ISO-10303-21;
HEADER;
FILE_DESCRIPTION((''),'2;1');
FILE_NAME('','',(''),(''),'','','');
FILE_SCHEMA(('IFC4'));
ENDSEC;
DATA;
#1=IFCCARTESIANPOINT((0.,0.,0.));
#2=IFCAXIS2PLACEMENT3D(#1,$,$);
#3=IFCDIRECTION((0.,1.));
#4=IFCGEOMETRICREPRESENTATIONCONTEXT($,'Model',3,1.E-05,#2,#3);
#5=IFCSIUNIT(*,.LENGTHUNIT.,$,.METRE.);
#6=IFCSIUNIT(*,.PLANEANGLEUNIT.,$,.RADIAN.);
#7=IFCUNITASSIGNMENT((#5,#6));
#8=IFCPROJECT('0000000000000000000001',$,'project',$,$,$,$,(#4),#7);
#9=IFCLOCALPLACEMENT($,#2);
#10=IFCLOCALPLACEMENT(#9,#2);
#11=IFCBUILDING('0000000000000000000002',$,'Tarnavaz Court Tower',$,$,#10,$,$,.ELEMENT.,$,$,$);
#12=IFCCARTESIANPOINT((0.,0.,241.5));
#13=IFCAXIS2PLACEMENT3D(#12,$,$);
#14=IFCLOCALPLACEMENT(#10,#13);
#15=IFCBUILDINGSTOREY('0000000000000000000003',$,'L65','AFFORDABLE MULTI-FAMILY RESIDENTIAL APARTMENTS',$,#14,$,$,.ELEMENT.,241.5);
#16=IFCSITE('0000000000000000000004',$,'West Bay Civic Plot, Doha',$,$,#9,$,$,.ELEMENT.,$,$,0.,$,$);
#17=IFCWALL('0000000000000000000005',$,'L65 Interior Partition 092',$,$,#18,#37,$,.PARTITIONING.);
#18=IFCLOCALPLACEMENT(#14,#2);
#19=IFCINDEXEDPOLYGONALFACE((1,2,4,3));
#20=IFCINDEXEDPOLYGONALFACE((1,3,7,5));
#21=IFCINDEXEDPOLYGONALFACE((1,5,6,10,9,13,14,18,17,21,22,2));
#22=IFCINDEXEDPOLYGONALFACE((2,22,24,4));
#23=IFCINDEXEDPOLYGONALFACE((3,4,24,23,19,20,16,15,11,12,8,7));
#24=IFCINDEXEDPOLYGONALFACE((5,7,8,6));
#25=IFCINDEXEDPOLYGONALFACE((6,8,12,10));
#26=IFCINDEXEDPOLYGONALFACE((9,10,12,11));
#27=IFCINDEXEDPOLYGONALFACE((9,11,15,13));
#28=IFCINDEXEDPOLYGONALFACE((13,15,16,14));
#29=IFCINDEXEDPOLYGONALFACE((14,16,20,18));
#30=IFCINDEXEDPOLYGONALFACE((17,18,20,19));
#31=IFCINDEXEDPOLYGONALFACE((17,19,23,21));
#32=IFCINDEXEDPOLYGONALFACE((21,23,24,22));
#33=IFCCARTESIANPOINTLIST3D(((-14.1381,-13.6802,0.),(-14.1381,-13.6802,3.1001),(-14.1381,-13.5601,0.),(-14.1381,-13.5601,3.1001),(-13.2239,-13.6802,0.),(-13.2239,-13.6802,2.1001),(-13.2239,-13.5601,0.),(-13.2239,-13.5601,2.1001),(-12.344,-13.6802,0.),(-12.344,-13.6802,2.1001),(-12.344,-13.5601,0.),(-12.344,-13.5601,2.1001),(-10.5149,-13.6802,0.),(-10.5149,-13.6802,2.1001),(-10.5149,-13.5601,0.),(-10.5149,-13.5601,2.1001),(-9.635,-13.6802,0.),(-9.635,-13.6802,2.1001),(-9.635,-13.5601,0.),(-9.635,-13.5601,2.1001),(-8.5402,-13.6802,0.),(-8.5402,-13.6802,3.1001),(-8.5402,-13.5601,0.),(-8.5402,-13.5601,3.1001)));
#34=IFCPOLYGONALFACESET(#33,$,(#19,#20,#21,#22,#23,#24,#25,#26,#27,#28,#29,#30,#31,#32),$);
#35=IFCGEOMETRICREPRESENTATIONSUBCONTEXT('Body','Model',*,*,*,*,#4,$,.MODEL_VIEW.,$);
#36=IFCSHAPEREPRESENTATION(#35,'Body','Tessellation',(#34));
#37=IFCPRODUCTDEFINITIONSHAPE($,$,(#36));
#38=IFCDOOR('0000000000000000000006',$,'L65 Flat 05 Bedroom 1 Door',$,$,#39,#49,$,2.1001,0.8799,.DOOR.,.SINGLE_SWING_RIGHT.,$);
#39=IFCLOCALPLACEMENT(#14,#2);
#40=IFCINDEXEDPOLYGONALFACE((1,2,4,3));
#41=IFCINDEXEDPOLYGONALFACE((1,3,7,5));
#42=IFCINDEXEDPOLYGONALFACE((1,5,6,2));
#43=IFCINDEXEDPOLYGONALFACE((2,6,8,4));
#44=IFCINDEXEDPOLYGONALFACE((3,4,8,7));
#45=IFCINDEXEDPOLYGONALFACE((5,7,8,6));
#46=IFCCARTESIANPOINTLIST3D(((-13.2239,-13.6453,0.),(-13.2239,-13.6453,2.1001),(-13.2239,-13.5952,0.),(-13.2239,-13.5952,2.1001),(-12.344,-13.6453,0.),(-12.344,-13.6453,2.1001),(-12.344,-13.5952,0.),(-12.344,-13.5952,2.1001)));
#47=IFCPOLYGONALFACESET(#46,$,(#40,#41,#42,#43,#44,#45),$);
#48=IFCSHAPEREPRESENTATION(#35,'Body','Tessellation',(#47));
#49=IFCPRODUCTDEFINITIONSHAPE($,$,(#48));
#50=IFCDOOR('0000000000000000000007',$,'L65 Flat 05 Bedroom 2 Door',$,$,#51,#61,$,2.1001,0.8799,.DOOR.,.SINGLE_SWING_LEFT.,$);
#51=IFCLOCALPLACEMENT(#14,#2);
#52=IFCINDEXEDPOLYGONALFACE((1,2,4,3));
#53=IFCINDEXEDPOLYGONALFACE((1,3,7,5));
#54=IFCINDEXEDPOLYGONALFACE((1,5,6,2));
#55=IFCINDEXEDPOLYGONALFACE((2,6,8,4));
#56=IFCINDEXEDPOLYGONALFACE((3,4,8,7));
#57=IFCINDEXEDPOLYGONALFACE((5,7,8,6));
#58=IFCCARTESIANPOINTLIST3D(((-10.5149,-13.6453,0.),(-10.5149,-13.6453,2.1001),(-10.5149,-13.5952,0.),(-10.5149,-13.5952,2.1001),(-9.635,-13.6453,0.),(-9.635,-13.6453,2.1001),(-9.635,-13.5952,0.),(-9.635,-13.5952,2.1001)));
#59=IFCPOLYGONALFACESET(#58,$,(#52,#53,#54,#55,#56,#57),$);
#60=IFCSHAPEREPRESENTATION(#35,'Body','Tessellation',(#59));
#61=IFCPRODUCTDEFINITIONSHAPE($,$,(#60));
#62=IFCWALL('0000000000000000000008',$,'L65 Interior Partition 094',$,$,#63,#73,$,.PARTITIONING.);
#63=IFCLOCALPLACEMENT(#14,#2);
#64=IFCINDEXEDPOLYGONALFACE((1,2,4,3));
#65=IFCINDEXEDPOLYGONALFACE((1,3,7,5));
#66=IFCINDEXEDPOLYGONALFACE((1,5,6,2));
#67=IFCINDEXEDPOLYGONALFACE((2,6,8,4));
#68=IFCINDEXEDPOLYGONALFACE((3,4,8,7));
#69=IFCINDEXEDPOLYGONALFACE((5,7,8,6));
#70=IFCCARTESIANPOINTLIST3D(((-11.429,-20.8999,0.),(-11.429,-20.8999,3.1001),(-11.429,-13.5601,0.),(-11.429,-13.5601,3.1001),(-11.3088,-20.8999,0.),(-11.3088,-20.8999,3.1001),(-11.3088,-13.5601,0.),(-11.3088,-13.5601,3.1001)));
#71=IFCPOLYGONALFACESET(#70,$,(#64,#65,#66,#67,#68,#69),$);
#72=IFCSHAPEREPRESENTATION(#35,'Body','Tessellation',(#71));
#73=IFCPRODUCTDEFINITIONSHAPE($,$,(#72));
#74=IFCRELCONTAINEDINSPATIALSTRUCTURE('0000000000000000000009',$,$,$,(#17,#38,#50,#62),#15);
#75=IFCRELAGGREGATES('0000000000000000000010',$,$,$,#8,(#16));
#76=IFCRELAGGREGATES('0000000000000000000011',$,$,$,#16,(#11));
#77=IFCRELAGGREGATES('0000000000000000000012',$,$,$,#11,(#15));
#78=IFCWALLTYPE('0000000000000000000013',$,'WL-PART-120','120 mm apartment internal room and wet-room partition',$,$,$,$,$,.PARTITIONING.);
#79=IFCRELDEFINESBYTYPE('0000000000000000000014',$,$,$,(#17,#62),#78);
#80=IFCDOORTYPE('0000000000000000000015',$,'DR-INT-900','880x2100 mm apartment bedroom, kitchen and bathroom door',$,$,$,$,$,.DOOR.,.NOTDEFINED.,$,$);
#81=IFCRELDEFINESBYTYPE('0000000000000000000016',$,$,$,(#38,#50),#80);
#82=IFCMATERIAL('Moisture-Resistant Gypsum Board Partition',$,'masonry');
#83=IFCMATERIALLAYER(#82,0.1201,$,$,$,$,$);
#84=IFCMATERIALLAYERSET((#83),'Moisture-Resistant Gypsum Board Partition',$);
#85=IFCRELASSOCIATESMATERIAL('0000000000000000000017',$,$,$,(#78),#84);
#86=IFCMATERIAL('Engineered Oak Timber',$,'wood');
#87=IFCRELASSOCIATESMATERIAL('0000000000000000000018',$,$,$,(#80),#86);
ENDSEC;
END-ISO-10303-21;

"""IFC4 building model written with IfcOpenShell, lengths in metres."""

from ifc_helpers import new_model, si_unit, direction, frame, frame_2d, origin, place, context, subcontext, project, spatial, rectangle, extrude, material, layer, layer_set, type_object, element, fill, save


model = new_model("IFC4")

# Units and contexts
model_context = context("Model", 3, precision=1e-05, world=origin(), true_north=direction((0.0, 1.0)))
body_context = subcontext(model_context, "Body", "Model", "MODEL_VIEW")
ifc_project = project(units=[si_unit("LENGTHUNIT", "METRE"), si_unit("PLANEANGLEUNIT", "RADIAN")], contexts=[model_context])

# Site, building, storey
site_placement = place(None, origin())
site = spatial("IfcSite", under=ifc_project, at=site_placement, Name="West Bay Civic Plot, Doha", CompositionType="ELEMENT", RefElevation=0.0)
building_placement = place(site_placement, origin())
building = spatial("IfcBuilding", under=site, at=building_placement, Name="Tarnavaz Court Tower", CompositionType="ELEMENT")
storey_placement = place(building_placement, frame((0.0, 0.0, 241.5)))
storey = spatial("IfcBuildingStorey", under=building, at=storey_placement, Name="L65", Description="AFFORDABLE MULTI-FAMILY RESIDENTIAL APARTMENTS", CompositionType="ELEMENT", Elevation=241.5)

# Shared definitions
ifc_material_1 = material(Name="Moisture-Resistant Gypsum Board Partition", Category="masonry")
ifc_layer = layer(ifc_material_1, 0.1201)
ifc_layer_set = layer_set([ifc_layer], Name="Moisture-Resistant Gypsum Board Partition")
wall_type = type_object("IfcWallType", Name="WL-PART-120", Description="120 mm apartment internal room and wet-room partition", PredefinedType="PARTITIONING", material=ifc_layer_set)
ifc_material_2 = material(Name="Engineered Oak Timber", Category="wood")
door_type_1 = type_object("IfcDoorType", Name="DR-INT-900", Description="880x2100 mm apartment bedroom, kitchen and bathroom door", OperationType="NOTDEFINED", PredefinedType="DOOR", material=ifc_material_2)

# Wall, openings, doors
wall_1_placement = place(storey_placement, frame((-14.1379, -13.6201, 0.0), z_axis=(0.0, 0.0, 1.0), x_axis=(1.0, 0.0, 0.0)))
wall_1 = element("IfcWall", 1, at=wall_1_placement, inside=storey, type_object=wall_type, Name="L65 Interior Partition 092", PredefinedType="PARTITIONING", context=body_context, shape_type="SweptSolid", body=[
    extrude(rectangle(XDim=5.5979, YDim=0.1201, at=frame_2d((2.7988, 0.0))), origin(), (0.0, 0.0, 1.0), 3.1001),
])
opening_1_placement = place(wall_1_placement, frame((0.9141, 0.0, 0.0)))
opening_1 = element("IfcOpeningElement", 2, at=opening_1_placement, cuts=wall_1, PredefinedType="OPENING", context=body_context, shape_type="SweptSolid", body=[
    extrude(rectangle(XDim=0.8799, YDim=2.1001, at=frame_2d((0.4399, 1.05))), frame((0.0, 0.0701, 0.0), z_axis=(0.0, -1.0, 0.0), x_axis=(1.0, 0.0, 0.0)), (0.0, 0.0, 1.0), 0.1401),
])
opening_2_placement = place(wall_1_placement, frame((3.623, 0.0, 0.0)))
opening_2 = element("IfcOpeningElement", 3, at=opening_2_placement, cuts=wall_1, PredefinedType="OPENING", context=body_context, shape_type="SweptSolid", body=[
    extrude(rectangle(XDim=0.8799, YDim=2.1001, at=frame_2d((0.4399, 1.05))), frame((0.0, 0.0701, 0.0), z_axis=(0.0, -1.0, 0.0), x_axis=(1.0, 0.0, 0.0)), (0.0, 0.0, 1.0), 0.1401),
])
door_1_placement = place(opening_1_placement, origin())
door_1 = element("IfcDoor", 4, at=door_1_placement, inside=storey, type_object=door_type_1, Name="L65 Flat 05 Bedroom 1 Door", OperationType="SINGLE_SWING_RIGHT", OverallHeight=2.1001, OverallWidth=0.8799, PredefinedType="DOOR", context=body_context, shape_type="SweptSolid", body=[
    extrude(rectangle(XDim=0.8799, YDim=2.1001, at=frame_2d((0.4399, 1.05))), frame((0.0, 0.0249, 0.0), z_axis=(0.0, -1.0, 0.0), x_axis=(1.0, 0.0, 0.0)), (0.0, 0.0, 1.0), 0.05),
])
fill(opening_1, door_1)
door_2_placement = place(opening_2_placement, origin())
door_2 = element("IfcDoor", 5, at=door_2_placement, inside=storey, type_object=door_type_1, Name="L65 Flat 05 Bedroom 2 Door", OperationType="SINGLE_SWING_LEFT", OverallHeight=2.1001, OverallWidth=0.8799, PredefinedType="DOOR", context=body_context, shape_type="SweptSolid", body=[
    extrude(rectangle(XDim=0.8799, YDim=2.1001, at=frame_2d((0.4399, 1.05))), frame((0.0, 0.0249, 0.0), z_axis=(0.0, -1.0, 0.0), x_axis=(1.0, 0.0, 0.0)), (0.0, 0.0, 1.0), 0.05),
])
fill(opening_2, door_2)

# Wall
wall_2_placement = place(storey_placement, frame((-11.3689, -20.8999, 0.0), z_axis=(0.0, 0.0, 1.0), x_axis=(0.0, 1.0, 0.0)))
element("IfcWall", 6, at=wall_2_placement, inside=storey, type_object=wall_type, Name="L65 Interior Partition 094", PredefinedType="PARTITIONING", context=body_context, shape_type="SweptSolid", body=[
    extrude(rectangle(XDim=7.3398, YDim=0.1201, at=frame_2d((3.6699, 0.0))), origin(), (0.0, 0.0, 1.0), 3.1001),
])

save(model, "model.ifc")
